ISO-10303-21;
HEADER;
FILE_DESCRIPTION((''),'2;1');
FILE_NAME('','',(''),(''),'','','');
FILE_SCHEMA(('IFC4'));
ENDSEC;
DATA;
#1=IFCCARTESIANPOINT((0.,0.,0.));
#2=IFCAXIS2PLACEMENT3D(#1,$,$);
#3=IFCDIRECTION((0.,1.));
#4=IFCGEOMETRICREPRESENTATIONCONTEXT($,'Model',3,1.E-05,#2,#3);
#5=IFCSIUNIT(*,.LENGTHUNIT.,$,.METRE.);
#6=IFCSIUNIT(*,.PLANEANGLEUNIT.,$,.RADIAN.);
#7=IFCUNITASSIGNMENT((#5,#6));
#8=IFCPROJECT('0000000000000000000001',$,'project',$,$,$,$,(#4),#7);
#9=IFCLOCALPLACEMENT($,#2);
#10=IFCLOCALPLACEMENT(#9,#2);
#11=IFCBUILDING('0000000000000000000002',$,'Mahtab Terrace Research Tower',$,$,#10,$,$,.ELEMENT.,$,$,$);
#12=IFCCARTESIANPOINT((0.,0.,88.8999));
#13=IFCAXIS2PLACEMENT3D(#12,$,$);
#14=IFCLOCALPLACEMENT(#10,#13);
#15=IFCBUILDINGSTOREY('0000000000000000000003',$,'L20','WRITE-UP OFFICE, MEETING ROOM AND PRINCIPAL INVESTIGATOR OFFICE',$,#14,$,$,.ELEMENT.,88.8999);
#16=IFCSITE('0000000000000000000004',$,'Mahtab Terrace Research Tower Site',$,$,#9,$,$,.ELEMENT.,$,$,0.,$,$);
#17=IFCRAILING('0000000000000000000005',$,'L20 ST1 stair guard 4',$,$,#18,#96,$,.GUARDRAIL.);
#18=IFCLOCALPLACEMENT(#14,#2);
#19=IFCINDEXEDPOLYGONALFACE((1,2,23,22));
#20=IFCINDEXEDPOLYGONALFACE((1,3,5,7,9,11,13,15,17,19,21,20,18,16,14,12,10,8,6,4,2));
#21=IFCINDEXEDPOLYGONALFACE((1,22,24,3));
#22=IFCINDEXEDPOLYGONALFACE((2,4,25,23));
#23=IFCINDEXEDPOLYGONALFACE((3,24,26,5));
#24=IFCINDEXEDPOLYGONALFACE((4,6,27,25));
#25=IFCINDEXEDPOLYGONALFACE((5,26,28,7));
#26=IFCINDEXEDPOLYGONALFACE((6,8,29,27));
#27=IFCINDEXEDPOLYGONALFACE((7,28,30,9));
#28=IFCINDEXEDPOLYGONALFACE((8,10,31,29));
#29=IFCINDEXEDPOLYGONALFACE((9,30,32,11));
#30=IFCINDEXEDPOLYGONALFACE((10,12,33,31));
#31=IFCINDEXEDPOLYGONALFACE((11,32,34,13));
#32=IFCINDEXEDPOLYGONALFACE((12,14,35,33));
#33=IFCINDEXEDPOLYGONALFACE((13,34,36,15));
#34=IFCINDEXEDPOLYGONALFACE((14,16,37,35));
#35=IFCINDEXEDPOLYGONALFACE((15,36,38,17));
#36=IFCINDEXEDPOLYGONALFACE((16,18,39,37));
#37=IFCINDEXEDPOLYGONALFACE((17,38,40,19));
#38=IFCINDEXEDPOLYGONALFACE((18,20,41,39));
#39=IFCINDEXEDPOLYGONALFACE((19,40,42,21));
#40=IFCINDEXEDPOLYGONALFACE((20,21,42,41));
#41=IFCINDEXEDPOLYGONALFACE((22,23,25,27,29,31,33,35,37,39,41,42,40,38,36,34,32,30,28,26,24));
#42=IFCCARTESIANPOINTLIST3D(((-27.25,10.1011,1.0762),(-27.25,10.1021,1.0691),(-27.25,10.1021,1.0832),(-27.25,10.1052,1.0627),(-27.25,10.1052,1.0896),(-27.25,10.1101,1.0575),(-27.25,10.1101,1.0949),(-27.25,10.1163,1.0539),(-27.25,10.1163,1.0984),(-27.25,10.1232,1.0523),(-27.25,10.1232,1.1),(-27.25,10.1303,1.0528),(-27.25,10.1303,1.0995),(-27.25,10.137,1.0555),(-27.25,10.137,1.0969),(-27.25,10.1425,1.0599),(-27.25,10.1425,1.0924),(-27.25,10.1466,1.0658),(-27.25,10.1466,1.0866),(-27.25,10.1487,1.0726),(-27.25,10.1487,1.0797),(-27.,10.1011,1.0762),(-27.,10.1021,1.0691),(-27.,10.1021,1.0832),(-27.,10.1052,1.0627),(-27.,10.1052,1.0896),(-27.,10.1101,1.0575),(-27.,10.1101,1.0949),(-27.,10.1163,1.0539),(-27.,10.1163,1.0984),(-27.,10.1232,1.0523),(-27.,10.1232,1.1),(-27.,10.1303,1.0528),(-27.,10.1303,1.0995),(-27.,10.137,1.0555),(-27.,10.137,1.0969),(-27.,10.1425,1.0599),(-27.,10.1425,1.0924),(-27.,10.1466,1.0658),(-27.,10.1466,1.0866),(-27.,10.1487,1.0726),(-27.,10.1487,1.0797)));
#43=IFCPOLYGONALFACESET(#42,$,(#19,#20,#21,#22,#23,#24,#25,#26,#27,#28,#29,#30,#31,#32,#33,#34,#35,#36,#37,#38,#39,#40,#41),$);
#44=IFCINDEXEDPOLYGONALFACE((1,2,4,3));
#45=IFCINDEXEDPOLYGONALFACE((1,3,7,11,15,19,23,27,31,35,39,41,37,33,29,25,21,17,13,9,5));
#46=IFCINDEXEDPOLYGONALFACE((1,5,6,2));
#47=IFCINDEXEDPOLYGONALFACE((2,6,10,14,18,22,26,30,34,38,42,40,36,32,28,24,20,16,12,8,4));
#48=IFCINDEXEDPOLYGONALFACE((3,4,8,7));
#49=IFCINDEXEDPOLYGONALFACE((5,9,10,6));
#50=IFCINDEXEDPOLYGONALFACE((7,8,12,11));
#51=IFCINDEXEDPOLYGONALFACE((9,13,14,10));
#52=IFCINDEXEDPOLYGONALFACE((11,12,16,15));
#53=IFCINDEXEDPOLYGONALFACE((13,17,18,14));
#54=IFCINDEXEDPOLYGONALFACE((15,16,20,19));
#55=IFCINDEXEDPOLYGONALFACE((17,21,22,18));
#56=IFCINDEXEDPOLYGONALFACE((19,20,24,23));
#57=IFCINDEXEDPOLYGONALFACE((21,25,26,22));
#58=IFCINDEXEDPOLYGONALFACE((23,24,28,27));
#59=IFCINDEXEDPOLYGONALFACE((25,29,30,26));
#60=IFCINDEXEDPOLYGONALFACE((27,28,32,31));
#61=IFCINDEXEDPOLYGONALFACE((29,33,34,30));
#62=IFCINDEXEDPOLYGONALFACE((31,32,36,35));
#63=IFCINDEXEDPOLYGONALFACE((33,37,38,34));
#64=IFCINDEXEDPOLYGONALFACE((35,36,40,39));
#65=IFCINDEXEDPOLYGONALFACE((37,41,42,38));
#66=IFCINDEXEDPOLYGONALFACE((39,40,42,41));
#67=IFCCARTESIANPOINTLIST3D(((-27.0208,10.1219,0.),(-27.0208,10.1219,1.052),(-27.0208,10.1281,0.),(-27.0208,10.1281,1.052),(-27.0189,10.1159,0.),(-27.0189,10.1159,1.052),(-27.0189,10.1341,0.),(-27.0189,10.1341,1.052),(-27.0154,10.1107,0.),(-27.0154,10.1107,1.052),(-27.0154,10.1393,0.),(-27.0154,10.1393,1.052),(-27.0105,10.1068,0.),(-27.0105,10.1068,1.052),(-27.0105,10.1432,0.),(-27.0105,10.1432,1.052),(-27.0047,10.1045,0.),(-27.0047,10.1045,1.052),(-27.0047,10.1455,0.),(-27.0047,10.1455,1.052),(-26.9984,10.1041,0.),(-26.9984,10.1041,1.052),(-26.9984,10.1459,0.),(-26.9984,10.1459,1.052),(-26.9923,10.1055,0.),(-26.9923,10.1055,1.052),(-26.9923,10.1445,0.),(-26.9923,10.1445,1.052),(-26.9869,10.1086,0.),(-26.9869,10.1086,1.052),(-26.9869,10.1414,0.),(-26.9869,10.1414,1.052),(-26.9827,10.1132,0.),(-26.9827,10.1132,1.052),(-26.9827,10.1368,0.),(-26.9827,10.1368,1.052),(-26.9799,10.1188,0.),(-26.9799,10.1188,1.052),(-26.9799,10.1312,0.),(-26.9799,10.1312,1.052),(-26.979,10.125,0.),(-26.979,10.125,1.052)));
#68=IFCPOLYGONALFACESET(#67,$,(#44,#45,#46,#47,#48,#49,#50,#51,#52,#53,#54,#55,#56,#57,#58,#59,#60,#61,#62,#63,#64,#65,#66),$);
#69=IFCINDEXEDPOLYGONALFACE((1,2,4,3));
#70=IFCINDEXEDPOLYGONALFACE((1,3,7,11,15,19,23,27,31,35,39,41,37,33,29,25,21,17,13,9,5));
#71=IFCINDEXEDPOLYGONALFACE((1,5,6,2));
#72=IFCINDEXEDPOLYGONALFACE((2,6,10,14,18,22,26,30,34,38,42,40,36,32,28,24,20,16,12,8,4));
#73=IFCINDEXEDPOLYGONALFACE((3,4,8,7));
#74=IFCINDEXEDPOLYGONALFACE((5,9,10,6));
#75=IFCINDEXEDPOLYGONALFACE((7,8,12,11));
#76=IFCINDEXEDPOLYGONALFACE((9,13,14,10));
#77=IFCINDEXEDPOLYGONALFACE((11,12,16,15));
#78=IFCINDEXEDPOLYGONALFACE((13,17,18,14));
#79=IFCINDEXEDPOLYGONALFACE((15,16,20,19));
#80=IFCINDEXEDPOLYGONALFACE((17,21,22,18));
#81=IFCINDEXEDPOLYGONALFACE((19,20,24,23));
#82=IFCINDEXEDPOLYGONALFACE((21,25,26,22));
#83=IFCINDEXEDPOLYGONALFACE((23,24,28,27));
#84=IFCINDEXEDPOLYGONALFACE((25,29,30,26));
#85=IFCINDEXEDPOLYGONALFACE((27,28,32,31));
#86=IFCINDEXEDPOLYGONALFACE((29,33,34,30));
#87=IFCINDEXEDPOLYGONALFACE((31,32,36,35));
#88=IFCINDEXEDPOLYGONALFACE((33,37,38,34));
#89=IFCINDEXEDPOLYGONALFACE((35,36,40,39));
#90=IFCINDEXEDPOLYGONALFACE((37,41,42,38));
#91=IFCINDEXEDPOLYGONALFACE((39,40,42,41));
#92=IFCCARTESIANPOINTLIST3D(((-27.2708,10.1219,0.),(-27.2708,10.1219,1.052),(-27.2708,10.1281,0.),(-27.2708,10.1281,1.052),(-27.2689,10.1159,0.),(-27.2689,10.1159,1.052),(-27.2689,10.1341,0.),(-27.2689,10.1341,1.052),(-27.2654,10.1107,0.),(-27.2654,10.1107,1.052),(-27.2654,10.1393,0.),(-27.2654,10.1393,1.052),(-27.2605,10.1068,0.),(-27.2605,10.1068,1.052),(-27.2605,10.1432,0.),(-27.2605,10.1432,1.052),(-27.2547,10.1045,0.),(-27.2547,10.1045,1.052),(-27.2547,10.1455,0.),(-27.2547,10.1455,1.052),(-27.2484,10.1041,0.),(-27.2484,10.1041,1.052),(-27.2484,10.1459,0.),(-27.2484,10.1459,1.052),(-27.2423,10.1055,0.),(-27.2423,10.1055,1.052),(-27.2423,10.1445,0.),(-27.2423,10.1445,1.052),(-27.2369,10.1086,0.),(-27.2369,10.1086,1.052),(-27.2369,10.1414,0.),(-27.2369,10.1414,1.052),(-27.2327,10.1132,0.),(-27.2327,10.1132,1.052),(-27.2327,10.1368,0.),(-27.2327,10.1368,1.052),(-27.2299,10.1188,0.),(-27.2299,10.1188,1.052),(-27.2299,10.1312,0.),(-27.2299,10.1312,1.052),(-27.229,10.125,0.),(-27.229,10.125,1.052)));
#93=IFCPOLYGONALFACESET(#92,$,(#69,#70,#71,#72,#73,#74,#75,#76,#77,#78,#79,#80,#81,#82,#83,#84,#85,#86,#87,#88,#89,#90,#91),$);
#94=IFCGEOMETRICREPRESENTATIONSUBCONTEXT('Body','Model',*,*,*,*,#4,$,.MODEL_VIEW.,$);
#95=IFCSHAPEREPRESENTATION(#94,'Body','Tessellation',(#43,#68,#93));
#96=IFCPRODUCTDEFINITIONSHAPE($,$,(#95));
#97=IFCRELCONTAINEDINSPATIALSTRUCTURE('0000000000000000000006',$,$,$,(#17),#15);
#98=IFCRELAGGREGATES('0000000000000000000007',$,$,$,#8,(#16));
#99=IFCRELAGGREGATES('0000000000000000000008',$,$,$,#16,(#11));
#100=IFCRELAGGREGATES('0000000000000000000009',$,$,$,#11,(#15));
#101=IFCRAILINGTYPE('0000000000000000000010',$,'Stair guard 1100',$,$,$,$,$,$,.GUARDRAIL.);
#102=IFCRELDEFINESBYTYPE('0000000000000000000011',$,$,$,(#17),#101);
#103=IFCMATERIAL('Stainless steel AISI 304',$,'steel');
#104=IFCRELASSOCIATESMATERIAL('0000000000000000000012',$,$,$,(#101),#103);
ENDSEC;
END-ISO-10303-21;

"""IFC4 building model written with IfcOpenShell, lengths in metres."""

from ifc_helpers import new_model, si_unit, direction, frame, origin, origin_2d, place, context, subcontext, project, spatial, circle, extrude, material, type_object, element, save


model = new_model("IFC4")

# Units and contexts
model_context = context("Model", 3, precision=1e-05, world=origin(), true_north=direction((0.0, 1.0)))
body_context = subcontext(model_context, "Body", "Model", "MODEL_VIEW")
ifc_project = project(units=[si_unit("LENGTHUNIT", "METRE"), si_unit("PLANEANGLEUNIT", "RADIAN")], contexts=[model_context])

# Site, building, storey
site_placement = place(None, origin())
site = spatial("IfcSite", under=ifc_project, at=site_placement, Name="Mahtab Terrace Research Tower Site", CompositionType="ELEMENT", RefElevation=0.0)
building_placement = place(site_placement, origin())
building = spatial("IfcBuilding", under=site, at=building_placement, Name="Mahtab Terrace Research Tower", CompositionType="ELEMENT")
storey_placement = place(building_placement, frame((0.0, 0.0, 88.8999)))
storey = spatial("IfcBuildingStorey", under=building, at=storey_placement, Name="L20", Description="WRITE-UP OFFICE, MEETING ROOM AND PRINCIPAL INVESTIGATOR OFFICE", CompositionType="ELEMENT", Elevation=88.8999)

# Railing
ifc_material_1 = material(Name="Stainless steel AISI 304", Category="steel")
railing_type_1 = type_object("IfcRailingType", Name="Stair guard 1100", PredefinedType="GUARDRAIL", material=ifc_material_1)
railing_1_placement = place(storey_placement, frame((-27.0, 10.125, 0.0)))
element("IfcRailing", 1, at=railing_1_placement, inside=storey, type_object=railing_type_1, Name="L20 ST1 stair guard 4", PredefinedType="GUARDRAIL", context=body_context, shape_type="SweptSolid", body=[
    extrude(circle(Radius=0.0239, at=origin_2d()), frame((0.0, 0.0, 1.0762), z_axis=(-1.0, 0.0, 0.0), x_axis=(0.0, -1.0, 0.0)), (0.0, 0.0, 1.0), 0.25),
    extrude(circle(Radius=0.021, at=origin_2d()), origin(), (0.0, 0.0, 1.0), 1.052),
    extrude(circle(Radius=0.021, at=origin_2d()), frame((-0.25, 0.0, 0.0)), (0.0, 0.0, 1.0), 1.052),
])

save(model, "model.ifc")
